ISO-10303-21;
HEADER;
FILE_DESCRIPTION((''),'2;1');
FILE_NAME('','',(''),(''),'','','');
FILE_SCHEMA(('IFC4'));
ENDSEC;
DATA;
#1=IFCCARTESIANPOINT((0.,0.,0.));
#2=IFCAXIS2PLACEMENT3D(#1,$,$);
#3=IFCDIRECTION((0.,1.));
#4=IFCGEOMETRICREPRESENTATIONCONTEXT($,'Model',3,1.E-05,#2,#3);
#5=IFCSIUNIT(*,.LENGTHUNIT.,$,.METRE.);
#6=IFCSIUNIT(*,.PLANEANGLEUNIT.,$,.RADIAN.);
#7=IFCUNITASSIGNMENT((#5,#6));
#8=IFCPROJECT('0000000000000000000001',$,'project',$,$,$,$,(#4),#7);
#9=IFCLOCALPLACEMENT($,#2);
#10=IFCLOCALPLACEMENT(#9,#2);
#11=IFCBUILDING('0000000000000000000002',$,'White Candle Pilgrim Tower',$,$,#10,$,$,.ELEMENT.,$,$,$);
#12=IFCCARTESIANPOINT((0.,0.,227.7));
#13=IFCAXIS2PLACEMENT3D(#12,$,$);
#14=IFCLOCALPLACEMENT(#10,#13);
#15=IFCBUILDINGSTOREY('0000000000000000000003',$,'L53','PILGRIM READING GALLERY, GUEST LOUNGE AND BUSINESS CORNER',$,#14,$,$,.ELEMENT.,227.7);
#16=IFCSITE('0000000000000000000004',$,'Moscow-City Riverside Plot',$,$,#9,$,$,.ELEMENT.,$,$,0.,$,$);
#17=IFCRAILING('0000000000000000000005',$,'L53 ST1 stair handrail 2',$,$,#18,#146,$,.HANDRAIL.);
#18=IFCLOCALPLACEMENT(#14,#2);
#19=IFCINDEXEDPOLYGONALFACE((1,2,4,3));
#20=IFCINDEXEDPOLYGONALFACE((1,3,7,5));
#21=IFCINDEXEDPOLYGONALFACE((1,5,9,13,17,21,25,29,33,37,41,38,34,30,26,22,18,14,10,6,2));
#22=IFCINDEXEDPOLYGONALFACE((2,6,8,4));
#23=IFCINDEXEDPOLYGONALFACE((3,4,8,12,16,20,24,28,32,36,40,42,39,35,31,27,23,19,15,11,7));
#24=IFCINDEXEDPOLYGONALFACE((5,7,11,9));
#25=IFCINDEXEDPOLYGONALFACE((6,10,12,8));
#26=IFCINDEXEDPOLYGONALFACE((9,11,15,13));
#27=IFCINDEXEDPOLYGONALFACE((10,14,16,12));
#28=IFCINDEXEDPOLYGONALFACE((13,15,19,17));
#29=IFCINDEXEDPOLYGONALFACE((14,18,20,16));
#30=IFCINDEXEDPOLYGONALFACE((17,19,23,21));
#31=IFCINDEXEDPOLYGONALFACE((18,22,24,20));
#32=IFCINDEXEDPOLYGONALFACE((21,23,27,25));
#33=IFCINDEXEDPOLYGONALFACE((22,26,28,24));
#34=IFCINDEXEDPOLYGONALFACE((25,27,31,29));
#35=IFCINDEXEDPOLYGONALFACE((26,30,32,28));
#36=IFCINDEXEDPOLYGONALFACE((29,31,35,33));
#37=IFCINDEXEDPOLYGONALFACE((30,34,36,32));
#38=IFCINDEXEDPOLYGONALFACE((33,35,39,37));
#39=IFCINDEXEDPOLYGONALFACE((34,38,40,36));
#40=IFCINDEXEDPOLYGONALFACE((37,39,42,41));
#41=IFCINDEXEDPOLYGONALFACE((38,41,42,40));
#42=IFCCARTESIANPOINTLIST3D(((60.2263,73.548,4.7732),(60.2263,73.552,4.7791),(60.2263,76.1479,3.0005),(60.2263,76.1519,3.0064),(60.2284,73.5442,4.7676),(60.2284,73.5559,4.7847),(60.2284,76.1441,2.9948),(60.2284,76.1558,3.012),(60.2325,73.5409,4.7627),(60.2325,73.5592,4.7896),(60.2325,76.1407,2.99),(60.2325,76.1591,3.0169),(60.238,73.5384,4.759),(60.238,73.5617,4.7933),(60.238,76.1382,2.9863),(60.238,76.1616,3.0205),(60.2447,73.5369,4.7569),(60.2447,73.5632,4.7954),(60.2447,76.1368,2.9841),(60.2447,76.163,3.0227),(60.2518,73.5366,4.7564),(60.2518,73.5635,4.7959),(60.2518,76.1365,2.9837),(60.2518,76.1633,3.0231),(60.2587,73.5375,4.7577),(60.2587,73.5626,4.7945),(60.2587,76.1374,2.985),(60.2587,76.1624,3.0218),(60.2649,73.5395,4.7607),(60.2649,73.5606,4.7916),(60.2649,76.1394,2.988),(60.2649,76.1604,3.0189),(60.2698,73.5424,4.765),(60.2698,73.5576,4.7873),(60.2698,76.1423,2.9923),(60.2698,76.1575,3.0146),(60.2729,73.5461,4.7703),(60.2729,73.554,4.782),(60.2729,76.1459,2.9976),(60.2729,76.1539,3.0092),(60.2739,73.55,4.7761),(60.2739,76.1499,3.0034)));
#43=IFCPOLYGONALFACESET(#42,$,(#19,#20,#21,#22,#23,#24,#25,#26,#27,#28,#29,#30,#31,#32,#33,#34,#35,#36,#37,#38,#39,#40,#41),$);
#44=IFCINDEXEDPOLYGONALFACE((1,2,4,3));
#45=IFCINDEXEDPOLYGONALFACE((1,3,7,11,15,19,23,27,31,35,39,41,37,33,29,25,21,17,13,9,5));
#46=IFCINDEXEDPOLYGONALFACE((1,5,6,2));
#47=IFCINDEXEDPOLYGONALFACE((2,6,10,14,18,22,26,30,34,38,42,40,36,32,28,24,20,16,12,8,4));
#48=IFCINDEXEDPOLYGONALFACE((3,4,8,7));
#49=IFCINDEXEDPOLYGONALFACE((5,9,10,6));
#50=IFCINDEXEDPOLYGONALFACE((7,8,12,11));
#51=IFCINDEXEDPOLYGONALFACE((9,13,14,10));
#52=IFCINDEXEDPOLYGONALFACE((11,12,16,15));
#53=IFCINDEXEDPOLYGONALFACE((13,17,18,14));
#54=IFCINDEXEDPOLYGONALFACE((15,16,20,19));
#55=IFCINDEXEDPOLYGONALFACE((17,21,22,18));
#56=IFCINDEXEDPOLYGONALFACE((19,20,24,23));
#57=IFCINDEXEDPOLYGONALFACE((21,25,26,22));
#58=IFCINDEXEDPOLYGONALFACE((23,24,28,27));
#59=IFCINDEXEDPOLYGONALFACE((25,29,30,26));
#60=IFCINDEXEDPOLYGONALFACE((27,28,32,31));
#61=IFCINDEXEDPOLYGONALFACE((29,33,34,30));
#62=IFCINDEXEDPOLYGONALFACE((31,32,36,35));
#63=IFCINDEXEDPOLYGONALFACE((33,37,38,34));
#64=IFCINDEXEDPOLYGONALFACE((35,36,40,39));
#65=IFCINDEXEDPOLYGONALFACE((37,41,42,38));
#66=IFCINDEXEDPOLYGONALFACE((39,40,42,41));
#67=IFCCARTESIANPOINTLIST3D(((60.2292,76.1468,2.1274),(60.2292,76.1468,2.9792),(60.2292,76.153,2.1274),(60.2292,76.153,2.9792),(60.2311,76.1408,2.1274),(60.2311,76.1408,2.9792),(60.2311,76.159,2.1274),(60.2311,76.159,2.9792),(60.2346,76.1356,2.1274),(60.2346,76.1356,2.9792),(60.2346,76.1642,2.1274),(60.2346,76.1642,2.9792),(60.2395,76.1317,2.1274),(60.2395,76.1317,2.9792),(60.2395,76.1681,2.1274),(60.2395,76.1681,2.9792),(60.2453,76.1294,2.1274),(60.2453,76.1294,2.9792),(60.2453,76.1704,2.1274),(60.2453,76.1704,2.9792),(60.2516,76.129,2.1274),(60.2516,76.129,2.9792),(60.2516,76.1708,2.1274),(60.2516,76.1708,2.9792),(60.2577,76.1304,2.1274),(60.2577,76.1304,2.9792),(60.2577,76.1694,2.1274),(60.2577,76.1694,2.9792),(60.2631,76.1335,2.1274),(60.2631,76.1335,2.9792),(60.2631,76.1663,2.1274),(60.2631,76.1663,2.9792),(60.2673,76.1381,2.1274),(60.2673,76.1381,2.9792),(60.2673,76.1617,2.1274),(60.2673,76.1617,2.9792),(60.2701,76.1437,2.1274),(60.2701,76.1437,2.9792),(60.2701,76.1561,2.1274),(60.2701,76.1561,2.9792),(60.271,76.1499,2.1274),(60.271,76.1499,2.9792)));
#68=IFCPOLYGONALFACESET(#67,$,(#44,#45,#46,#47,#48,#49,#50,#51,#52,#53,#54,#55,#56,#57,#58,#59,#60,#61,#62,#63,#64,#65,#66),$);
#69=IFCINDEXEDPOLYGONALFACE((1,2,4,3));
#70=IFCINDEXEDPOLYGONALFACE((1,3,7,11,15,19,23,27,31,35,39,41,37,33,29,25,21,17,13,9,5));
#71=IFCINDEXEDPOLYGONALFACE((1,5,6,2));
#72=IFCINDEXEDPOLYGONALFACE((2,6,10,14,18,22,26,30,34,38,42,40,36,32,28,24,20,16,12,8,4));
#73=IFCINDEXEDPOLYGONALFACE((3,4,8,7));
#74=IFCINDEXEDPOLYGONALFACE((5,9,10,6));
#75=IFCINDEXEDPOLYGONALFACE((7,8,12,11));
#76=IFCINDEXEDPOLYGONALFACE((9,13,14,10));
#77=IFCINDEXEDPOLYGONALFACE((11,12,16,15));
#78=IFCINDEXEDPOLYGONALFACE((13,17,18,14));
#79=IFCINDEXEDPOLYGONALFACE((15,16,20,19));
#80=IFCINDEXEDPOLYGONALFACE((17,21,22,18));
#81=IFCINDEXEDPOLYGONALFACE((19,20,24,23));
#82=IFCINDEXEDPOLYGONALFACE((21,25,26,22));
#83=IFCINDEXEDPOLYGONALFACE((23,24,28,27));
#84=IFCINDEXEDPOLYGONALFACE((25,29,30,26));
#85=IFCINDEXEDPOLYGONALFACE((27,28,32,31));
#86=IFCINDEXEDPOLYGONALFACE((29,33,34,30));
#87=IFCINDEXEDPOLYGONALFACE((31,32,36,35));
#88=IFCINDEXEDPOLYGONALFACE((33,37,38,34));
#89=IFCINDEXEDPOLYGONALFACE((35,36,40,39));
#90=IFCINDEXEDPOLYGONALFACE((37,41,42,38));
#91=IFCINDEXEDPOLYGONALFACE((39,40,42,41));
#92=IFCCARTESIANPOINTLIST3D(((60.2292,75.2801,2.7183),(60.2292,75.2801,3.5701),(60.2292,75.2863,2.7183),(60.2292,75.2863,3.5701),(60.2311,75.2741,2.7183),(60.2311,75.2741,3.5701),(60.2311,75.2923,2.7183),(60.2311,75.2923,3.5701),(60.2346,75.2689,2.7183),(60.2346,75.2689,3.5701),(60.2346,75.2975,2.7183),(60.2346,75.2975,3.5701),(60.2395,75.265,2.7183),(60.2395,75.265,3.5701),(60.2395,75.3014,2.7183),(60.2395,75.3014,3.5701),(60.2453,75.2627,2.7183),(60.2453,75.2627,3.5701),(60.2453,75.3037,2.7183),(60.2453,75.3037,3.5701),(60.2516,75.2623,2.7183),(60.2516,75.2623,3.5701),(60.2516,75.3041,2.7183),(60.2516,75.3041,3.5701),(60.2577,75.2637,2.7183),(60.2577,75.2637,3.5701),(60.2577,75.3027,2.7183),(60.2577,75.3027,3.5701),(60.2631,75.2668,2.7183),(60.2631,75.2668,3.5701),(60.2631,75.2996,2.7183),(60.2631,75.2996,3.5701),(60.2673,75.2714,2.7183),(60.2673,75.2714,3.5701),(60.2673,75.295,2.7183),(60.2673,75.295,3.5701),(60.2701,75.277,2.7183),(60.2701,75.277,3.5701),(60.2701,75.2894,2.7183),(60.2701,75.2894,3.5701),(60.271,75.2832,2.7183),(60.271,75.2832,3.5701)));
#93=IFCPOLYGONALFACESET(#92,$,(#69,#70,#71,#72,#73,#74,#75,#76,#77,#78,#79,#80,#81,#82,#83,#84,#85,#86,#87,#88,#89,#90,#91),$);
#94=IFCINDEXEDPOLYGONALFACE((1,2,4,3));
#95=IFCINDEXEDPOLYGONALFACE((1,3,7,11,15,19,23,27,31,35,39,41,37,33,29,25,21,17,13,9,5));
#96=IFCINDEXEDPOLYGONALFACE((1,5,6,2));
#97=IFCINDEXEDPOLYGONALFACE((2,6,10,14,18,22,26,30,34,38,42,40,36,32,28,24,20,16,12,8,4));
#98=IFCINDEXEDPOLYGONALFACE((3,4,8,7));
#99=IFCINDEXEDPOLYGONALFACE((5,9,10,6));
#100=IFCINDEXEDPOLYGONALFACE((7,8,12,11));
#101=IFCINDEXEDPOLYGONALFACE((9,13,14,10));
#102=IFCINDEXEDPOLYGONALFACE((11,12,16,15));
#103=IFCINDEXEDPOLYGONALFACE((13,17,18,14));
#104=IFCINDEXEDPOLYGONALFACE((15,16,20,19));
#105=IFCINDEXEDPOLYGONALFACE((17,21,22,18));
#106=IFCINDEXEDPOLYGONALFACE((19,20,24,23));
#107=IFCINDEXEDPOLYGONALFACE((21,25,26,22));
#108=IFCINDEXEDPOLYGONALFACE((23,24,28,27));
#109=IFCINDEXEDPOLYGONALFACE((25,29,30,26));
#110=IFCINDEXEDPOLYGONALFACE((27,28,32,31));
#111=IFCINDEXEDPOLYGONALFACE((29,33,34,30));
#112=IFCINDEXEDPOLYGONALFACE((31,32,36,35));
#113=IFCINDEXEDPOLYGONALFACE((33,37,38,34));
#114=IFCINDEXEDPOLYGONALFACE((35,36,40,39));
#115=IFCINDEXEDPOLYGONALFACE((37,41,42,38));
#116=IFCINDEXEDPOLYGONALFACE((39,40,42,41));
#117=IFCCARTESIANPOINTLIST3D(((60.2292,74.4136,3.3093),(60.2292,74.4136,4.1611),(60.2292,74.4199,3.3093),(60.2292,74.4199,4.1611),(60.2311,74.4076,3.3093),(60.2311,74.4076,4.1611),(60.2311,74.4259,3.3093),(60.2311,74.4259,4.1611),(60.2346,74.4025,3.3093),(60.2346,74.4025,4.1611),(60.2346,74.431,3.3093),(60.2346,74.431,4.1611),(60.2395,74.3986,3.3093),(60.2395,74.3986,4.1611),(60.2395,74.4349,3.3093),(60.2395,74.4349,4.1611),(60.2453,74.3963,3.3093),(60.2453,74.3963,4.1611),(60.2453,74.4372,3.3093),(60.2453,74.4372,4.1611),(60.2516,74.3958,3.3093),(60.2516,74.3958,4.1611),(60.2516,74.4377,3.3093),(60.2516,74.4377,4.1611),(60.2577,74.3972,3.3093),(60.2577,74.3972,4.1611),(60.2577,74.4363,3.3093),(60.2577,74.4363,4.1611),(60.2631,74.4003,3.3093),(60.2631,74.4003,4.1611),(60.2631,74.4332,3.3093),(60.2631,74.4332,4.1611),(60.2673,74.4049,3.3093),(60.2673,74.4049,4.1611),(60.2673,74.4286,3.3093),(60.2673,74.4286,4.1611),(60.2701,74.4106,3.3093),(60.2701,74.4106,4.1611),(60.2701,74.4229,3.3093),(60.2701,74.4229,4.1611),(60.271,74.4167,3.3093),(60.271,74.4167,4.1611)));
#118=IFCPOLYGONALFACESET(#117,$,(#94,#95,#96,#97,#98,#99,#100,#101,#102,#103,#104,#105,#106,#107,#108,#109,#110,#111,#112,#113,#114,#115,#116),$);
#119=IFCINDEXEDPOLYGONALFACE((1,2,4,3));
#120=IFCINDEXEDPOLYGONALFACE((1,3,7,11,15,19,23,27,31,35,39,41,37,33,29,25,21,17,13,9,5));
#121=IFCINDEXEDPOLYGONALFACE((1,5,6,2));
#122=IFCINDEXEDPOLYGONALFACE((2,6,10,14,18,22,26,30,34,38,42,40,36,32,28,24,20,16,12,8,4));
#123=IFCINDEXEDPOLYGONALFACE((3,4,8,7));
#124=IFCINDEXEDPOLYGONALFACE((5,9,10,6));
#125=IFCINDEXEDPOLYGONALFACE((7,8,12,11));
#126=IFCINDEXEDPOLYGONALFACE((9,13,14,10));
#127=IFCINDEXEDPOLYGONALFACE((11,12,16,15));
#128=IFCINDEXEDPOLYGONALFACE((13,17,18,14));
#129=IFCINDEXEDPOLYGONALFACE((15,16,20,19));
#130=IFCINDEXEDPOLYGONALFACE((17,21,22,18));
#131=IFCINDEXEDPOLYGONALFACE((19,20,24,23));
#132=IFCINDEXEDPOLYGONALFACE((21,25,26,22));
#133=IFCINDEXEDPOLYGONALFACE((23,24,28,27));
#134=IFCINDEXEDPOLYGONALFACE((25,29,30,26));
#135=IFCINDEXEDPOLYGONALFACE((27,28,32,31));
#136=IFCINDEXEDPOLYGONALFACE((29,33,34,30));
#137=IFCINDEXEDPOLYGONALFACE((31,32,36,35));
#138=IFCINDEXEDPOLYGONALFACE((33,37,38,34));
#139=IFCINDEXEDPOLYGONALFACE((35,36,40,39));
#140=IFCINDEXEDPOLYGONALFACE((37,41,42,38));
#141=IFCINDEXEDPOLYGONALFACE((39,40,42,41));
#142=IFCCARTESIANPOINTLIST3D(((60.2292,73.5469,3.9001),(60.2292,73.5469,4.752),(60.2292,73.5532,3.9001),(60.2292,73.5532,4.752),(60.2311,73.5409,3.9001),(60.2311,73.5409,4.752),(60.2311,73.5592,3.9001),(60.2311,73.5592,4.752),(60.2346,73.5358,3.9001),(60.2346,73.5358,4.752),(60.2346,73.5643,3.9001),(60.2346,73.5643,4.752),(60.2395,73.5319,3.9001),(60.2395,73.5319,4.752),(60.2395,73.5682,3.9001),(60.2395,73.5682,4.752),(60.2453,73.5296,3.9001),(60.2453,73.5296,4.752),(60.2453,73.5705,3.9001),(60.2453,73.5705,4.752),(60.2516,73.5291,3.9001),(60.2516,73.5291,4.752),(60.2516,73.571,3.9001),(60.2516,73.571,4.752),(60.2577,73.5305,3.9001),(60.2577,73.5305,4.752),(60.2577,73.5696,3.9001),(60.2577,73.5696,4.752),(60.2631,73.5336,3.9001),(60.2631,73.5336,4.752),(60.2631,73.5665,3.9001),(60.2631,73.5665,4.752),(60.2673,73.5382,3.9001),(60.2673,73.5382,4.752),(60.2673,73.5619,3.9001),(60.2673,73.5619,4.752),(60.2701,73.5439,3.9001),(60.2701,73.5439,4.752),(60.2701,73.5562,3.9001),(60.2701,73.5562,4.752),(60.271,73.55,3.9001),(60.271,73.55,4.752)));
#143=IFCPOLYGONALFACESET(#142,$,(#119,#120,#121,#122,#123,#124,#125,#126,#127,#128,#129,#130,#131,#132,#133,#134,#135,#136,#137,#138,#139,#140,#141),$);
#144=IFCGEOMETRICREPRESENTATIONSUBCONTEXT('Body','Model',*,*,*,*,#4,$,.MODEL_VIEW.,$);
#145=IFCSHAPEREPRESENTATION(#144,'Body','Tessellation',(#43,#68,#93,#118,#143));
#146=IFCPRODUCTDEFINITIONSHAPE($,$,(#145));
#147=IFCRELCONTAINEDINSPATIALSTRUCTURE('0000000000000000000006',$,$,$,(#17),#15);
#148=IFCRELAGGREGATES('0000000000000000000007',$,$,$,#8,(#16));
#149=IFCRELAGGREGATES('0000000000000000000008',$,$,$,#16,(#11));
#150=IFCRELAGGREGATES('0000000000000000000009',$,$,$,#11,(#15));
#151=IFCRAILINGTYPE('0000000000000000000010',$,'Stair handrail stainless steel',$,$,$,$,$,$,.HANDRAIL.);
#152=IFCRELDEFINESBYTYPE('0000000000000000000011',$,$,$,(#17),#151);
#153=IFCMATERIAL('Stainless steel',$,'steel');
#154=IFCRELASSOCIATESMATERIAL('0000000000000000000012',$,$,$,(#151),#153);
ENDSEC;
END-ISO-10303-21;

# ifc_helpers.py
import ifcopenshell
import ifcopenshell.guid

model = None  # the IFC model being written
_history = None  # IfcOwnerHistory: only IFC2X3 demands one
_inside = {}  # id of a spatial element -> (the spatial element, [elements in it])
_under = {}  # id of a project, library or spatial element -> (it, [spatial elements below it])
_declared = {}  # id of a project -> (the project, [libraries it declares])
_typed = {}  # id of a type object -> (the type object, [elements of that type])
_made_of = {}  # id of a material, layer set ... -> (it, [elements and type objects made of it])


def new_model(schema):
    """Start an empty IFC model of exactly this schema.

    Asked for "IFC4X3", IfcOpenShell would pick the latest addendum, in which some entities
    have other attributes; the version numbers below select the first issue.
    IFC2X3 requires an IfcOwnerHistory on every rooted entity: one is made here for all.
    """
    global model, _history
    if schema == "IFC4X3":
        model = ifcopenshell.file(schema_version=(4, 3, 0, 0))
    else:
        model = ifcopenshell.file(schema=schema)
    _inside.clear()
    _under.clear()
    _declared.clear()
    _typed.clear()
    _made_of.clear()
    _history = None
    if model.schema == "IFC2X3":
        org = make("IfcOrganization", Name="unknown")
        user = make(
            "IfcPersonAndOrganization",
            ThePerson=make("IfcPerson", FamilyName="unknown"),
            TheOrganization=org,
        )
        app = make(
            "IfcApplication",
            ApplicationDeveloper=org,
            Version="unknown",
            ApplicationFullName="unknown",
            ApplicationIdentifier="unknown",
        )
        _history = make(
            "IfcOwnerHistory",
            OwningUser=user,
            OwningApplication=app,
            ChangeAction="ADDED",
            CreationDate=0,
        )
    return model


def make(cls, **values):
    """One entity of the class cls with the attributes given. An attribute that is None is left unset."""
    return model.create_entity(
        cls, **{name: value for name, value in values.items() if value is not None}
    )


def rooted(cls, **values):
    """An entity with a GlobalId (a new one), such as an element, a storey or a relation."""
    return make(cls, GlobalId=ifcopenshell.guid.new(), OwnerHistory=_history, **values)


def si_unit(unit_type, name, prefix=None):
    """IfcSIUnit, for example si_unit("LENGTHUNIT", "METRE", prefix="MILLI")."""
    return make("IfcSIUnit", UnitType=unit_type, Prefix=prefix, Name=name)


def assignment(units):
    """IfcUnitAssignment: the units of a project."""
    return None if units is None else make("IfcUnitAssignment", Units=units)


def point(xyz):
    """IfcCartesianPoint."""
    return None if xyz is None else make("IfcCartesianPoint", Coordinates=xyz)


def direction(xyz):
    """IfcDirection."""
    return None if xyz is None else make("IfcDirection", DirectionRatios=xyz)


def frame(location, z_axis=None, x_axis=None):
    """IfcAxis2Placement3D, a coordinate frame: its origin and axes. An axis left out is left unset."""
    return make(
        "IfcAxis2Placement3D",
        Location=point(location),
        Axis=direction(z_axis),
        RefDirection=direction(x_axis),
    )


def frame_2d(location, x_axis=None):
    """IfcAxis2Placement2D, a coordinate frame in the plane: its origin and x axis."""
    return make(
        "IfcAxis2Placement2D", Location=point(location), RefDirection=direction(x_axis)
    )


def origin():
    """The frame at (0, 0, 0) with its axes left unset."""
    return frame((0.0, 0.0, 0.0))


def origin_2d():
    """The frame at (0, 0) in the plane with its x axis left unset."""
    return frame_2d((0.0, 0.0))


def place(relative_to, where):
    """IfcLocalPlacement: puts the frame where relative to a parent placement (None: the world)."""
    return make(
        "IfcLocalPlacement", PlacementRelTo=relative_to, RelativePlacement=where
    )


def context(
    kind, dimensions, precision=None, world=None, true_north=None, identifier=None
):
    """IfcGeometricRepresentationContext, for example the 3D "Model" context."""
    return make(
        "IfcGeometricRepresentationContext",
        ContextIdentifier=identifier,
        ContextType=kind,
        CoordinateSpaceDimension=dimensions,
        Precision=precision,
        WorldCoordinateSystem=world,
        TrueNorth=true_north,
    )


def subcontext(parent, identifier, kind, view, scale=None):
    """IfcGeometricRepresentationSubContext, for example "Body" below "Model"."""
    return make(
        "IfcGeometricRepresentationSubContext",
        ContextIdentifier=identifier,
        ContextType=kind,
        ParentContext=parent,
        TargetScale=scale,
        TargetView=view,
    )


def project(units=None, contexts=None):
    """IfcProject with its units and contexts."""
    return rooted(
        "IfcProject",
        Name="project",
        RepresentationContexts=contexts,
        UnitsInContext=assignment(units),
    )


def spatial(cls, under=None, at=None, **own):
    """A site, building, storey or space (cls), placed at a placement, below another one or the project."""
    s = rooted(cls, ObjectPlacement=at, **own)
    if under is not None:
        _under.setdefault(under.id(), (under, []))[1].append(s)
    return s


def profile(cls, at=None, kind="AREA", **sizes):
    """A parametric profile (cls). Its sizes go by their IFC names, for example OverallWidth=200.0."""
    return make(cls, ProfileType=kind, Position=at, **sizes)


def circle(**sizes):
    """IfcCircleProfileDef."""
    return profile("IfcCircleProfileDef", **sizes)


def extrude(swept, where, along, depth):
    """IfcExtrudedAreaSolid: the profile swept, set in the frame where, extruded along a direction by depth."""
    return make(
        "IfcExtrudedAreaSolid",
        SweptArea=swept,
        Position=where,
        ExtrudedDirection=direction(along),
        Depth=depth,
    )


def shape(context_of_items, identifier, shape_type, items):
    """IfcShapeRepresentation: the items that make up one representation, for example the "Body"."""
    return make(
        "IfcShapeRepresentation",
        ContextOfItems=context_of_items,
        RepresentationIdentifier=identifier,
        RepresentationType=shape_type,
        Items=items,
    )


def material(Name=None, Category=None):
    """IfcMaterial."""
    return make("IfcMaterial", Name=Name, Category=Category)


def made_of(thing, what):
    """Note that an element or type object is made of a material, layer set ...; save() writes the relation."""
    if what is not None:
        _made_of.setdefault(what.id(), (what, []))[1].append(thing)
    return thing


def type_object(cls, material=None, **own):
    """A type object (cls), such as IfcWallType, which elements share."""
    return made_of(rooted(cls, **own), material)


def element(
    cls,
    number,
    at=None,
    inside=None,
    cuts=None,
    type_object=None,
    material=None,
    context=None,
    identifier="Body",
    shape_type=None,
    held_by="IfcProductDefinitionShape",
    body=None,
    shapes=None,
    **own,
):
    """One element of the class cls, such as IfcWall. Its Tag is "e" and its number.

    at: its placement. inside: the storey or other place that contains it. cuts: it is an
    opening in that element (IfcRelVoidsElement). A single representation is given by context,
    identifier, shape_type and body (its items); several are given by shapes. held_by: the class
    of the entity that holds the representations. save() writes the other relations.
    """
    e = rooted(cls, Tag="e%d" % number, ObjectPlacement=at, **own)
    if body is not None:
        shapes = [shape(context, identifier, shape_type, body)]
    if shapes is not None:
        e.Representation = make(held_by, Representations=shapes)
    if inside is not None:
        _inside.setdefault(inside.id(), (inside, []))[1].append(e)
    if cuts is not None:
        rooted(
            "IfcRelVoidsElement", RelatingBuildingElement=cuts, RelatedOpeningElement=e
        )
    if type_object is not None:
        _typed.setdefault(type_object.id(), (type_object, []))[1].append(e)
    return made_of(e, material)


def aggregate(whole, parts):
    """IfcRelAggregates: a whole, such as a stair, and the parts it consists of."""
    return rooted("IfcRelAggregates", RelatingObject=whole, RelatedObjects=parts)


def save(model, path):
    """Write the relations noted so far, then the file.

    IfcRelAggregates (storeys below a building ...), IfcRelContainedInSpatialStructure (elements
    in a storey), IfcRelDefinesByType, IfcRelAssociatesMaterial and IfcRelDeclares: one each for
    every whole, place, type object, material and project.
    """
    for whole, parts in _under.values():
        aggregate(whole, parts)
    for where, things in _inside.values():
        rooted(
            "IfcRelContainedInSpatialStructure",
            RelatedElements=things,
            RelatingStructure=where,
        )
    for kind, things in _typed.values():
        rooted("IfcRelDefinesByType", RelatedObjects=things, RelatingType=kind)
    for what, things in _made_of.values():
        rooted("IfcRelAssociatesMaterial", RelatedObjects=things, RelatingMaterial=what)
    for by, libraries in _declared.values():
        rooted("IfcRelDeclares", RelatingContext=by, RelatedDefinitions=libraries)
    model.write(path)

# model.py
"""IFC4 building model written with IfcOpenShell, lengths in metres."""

from ifc_helpers import new_model, si_unit, direction, frame, origin, origin_2d, place, context, subcontext, project, spatial, circle, extrude, material, type_object, element, save


model = new_model("IFC4")

# Units and contexts
model_context = context("Model", 3, precision=1e-05, world=origin(), true_north=direction((0.0, 1.0)))
body_context = subcontext(model_context, "Body", "Model", "MODEL_VIEW")
ifc_project = project(units=[si_unit("LENGTHUNIT", "METRE"), si_unit("PLANEANGLEUNIT", "RADIAN")], contexts=[model_context])

# Site, building, storey
site_placement = place(None, origin())
site = spatial("IfcSite", under=ifc_project, at=site_placement, Name="Moscow-City Riverside Plot", CompositionType="ELEMENT", RefElevation=0.0)
building_placement = place(site_placement, origin())
building = spatial("IfcBuilding", under=site, at=building_placement, Name="White Candle Pilgrim Tower", CompositionType="ELEMENT")
storey_placement = place(building_placement, frame((0.0, 0.0, 227.7)))
storey = spatial("IfcBuildingStorey", under=building, at=storey_placement, Name="L53", Description="PILGRIM READING GALLERY, GUEST LOUNGE AND BUSINESS CORNER", CompositionType="ELEMENT", Elevation=227.7)

# Shared definitions
ifc_material_1 = material(Name="Stainless steel", Category="steel")

# Railing
railing_type_1 = type_object("IfcRailingType", Name="Stair handrail stainless steel", PredefinedType="HANDRAIL", material=ifc_material_1)
railing_1_placement = place(storey_placement, frame((60.25, 76.1499, 2.1274)))
element("IfcRailing", 1, at=railing_1_placement, inside=storey, type_object=railing_type_1, Name="L53 ST1 stair handrail 2", PredefinedType="HANDRAIL", context=body_context, shape_type="SweptSolid", body=[
    extrude(circle(Radius=0.0239, at=origin_2d()), frame((0.0, 0.0, 0.876), z_axis=(0.0, -0.826216, 0.563354), x_axis=(1.0, 0.0, 0.0)), (0.0, 0.0, 1.0), 3.1467),
    extrude(circle(Radius=0.021, at=origin_2d()), origin(), (0.0, 0.0, 1.0), 0.8518),
    extrude(circle(Radius=0.021, at=origin_2d()), frame((0.0, -0.8667, 0.5908)), (0.0, 0.0, 1.0), 0.8518),
    extrude(circle(Radius=0.021, at=origin_2d()), frame((0.0, -1.7332, 1.1819)), (0.0, 0.0, 1.0), 0.8518),
    extrude(circle(Radius=0.021, at=origin_2d()), frame((0.0, -2.5999, 1.7727)), (0.0, 0.0, 1.0), 0.8518),
])

save(model, "model.ifc")
